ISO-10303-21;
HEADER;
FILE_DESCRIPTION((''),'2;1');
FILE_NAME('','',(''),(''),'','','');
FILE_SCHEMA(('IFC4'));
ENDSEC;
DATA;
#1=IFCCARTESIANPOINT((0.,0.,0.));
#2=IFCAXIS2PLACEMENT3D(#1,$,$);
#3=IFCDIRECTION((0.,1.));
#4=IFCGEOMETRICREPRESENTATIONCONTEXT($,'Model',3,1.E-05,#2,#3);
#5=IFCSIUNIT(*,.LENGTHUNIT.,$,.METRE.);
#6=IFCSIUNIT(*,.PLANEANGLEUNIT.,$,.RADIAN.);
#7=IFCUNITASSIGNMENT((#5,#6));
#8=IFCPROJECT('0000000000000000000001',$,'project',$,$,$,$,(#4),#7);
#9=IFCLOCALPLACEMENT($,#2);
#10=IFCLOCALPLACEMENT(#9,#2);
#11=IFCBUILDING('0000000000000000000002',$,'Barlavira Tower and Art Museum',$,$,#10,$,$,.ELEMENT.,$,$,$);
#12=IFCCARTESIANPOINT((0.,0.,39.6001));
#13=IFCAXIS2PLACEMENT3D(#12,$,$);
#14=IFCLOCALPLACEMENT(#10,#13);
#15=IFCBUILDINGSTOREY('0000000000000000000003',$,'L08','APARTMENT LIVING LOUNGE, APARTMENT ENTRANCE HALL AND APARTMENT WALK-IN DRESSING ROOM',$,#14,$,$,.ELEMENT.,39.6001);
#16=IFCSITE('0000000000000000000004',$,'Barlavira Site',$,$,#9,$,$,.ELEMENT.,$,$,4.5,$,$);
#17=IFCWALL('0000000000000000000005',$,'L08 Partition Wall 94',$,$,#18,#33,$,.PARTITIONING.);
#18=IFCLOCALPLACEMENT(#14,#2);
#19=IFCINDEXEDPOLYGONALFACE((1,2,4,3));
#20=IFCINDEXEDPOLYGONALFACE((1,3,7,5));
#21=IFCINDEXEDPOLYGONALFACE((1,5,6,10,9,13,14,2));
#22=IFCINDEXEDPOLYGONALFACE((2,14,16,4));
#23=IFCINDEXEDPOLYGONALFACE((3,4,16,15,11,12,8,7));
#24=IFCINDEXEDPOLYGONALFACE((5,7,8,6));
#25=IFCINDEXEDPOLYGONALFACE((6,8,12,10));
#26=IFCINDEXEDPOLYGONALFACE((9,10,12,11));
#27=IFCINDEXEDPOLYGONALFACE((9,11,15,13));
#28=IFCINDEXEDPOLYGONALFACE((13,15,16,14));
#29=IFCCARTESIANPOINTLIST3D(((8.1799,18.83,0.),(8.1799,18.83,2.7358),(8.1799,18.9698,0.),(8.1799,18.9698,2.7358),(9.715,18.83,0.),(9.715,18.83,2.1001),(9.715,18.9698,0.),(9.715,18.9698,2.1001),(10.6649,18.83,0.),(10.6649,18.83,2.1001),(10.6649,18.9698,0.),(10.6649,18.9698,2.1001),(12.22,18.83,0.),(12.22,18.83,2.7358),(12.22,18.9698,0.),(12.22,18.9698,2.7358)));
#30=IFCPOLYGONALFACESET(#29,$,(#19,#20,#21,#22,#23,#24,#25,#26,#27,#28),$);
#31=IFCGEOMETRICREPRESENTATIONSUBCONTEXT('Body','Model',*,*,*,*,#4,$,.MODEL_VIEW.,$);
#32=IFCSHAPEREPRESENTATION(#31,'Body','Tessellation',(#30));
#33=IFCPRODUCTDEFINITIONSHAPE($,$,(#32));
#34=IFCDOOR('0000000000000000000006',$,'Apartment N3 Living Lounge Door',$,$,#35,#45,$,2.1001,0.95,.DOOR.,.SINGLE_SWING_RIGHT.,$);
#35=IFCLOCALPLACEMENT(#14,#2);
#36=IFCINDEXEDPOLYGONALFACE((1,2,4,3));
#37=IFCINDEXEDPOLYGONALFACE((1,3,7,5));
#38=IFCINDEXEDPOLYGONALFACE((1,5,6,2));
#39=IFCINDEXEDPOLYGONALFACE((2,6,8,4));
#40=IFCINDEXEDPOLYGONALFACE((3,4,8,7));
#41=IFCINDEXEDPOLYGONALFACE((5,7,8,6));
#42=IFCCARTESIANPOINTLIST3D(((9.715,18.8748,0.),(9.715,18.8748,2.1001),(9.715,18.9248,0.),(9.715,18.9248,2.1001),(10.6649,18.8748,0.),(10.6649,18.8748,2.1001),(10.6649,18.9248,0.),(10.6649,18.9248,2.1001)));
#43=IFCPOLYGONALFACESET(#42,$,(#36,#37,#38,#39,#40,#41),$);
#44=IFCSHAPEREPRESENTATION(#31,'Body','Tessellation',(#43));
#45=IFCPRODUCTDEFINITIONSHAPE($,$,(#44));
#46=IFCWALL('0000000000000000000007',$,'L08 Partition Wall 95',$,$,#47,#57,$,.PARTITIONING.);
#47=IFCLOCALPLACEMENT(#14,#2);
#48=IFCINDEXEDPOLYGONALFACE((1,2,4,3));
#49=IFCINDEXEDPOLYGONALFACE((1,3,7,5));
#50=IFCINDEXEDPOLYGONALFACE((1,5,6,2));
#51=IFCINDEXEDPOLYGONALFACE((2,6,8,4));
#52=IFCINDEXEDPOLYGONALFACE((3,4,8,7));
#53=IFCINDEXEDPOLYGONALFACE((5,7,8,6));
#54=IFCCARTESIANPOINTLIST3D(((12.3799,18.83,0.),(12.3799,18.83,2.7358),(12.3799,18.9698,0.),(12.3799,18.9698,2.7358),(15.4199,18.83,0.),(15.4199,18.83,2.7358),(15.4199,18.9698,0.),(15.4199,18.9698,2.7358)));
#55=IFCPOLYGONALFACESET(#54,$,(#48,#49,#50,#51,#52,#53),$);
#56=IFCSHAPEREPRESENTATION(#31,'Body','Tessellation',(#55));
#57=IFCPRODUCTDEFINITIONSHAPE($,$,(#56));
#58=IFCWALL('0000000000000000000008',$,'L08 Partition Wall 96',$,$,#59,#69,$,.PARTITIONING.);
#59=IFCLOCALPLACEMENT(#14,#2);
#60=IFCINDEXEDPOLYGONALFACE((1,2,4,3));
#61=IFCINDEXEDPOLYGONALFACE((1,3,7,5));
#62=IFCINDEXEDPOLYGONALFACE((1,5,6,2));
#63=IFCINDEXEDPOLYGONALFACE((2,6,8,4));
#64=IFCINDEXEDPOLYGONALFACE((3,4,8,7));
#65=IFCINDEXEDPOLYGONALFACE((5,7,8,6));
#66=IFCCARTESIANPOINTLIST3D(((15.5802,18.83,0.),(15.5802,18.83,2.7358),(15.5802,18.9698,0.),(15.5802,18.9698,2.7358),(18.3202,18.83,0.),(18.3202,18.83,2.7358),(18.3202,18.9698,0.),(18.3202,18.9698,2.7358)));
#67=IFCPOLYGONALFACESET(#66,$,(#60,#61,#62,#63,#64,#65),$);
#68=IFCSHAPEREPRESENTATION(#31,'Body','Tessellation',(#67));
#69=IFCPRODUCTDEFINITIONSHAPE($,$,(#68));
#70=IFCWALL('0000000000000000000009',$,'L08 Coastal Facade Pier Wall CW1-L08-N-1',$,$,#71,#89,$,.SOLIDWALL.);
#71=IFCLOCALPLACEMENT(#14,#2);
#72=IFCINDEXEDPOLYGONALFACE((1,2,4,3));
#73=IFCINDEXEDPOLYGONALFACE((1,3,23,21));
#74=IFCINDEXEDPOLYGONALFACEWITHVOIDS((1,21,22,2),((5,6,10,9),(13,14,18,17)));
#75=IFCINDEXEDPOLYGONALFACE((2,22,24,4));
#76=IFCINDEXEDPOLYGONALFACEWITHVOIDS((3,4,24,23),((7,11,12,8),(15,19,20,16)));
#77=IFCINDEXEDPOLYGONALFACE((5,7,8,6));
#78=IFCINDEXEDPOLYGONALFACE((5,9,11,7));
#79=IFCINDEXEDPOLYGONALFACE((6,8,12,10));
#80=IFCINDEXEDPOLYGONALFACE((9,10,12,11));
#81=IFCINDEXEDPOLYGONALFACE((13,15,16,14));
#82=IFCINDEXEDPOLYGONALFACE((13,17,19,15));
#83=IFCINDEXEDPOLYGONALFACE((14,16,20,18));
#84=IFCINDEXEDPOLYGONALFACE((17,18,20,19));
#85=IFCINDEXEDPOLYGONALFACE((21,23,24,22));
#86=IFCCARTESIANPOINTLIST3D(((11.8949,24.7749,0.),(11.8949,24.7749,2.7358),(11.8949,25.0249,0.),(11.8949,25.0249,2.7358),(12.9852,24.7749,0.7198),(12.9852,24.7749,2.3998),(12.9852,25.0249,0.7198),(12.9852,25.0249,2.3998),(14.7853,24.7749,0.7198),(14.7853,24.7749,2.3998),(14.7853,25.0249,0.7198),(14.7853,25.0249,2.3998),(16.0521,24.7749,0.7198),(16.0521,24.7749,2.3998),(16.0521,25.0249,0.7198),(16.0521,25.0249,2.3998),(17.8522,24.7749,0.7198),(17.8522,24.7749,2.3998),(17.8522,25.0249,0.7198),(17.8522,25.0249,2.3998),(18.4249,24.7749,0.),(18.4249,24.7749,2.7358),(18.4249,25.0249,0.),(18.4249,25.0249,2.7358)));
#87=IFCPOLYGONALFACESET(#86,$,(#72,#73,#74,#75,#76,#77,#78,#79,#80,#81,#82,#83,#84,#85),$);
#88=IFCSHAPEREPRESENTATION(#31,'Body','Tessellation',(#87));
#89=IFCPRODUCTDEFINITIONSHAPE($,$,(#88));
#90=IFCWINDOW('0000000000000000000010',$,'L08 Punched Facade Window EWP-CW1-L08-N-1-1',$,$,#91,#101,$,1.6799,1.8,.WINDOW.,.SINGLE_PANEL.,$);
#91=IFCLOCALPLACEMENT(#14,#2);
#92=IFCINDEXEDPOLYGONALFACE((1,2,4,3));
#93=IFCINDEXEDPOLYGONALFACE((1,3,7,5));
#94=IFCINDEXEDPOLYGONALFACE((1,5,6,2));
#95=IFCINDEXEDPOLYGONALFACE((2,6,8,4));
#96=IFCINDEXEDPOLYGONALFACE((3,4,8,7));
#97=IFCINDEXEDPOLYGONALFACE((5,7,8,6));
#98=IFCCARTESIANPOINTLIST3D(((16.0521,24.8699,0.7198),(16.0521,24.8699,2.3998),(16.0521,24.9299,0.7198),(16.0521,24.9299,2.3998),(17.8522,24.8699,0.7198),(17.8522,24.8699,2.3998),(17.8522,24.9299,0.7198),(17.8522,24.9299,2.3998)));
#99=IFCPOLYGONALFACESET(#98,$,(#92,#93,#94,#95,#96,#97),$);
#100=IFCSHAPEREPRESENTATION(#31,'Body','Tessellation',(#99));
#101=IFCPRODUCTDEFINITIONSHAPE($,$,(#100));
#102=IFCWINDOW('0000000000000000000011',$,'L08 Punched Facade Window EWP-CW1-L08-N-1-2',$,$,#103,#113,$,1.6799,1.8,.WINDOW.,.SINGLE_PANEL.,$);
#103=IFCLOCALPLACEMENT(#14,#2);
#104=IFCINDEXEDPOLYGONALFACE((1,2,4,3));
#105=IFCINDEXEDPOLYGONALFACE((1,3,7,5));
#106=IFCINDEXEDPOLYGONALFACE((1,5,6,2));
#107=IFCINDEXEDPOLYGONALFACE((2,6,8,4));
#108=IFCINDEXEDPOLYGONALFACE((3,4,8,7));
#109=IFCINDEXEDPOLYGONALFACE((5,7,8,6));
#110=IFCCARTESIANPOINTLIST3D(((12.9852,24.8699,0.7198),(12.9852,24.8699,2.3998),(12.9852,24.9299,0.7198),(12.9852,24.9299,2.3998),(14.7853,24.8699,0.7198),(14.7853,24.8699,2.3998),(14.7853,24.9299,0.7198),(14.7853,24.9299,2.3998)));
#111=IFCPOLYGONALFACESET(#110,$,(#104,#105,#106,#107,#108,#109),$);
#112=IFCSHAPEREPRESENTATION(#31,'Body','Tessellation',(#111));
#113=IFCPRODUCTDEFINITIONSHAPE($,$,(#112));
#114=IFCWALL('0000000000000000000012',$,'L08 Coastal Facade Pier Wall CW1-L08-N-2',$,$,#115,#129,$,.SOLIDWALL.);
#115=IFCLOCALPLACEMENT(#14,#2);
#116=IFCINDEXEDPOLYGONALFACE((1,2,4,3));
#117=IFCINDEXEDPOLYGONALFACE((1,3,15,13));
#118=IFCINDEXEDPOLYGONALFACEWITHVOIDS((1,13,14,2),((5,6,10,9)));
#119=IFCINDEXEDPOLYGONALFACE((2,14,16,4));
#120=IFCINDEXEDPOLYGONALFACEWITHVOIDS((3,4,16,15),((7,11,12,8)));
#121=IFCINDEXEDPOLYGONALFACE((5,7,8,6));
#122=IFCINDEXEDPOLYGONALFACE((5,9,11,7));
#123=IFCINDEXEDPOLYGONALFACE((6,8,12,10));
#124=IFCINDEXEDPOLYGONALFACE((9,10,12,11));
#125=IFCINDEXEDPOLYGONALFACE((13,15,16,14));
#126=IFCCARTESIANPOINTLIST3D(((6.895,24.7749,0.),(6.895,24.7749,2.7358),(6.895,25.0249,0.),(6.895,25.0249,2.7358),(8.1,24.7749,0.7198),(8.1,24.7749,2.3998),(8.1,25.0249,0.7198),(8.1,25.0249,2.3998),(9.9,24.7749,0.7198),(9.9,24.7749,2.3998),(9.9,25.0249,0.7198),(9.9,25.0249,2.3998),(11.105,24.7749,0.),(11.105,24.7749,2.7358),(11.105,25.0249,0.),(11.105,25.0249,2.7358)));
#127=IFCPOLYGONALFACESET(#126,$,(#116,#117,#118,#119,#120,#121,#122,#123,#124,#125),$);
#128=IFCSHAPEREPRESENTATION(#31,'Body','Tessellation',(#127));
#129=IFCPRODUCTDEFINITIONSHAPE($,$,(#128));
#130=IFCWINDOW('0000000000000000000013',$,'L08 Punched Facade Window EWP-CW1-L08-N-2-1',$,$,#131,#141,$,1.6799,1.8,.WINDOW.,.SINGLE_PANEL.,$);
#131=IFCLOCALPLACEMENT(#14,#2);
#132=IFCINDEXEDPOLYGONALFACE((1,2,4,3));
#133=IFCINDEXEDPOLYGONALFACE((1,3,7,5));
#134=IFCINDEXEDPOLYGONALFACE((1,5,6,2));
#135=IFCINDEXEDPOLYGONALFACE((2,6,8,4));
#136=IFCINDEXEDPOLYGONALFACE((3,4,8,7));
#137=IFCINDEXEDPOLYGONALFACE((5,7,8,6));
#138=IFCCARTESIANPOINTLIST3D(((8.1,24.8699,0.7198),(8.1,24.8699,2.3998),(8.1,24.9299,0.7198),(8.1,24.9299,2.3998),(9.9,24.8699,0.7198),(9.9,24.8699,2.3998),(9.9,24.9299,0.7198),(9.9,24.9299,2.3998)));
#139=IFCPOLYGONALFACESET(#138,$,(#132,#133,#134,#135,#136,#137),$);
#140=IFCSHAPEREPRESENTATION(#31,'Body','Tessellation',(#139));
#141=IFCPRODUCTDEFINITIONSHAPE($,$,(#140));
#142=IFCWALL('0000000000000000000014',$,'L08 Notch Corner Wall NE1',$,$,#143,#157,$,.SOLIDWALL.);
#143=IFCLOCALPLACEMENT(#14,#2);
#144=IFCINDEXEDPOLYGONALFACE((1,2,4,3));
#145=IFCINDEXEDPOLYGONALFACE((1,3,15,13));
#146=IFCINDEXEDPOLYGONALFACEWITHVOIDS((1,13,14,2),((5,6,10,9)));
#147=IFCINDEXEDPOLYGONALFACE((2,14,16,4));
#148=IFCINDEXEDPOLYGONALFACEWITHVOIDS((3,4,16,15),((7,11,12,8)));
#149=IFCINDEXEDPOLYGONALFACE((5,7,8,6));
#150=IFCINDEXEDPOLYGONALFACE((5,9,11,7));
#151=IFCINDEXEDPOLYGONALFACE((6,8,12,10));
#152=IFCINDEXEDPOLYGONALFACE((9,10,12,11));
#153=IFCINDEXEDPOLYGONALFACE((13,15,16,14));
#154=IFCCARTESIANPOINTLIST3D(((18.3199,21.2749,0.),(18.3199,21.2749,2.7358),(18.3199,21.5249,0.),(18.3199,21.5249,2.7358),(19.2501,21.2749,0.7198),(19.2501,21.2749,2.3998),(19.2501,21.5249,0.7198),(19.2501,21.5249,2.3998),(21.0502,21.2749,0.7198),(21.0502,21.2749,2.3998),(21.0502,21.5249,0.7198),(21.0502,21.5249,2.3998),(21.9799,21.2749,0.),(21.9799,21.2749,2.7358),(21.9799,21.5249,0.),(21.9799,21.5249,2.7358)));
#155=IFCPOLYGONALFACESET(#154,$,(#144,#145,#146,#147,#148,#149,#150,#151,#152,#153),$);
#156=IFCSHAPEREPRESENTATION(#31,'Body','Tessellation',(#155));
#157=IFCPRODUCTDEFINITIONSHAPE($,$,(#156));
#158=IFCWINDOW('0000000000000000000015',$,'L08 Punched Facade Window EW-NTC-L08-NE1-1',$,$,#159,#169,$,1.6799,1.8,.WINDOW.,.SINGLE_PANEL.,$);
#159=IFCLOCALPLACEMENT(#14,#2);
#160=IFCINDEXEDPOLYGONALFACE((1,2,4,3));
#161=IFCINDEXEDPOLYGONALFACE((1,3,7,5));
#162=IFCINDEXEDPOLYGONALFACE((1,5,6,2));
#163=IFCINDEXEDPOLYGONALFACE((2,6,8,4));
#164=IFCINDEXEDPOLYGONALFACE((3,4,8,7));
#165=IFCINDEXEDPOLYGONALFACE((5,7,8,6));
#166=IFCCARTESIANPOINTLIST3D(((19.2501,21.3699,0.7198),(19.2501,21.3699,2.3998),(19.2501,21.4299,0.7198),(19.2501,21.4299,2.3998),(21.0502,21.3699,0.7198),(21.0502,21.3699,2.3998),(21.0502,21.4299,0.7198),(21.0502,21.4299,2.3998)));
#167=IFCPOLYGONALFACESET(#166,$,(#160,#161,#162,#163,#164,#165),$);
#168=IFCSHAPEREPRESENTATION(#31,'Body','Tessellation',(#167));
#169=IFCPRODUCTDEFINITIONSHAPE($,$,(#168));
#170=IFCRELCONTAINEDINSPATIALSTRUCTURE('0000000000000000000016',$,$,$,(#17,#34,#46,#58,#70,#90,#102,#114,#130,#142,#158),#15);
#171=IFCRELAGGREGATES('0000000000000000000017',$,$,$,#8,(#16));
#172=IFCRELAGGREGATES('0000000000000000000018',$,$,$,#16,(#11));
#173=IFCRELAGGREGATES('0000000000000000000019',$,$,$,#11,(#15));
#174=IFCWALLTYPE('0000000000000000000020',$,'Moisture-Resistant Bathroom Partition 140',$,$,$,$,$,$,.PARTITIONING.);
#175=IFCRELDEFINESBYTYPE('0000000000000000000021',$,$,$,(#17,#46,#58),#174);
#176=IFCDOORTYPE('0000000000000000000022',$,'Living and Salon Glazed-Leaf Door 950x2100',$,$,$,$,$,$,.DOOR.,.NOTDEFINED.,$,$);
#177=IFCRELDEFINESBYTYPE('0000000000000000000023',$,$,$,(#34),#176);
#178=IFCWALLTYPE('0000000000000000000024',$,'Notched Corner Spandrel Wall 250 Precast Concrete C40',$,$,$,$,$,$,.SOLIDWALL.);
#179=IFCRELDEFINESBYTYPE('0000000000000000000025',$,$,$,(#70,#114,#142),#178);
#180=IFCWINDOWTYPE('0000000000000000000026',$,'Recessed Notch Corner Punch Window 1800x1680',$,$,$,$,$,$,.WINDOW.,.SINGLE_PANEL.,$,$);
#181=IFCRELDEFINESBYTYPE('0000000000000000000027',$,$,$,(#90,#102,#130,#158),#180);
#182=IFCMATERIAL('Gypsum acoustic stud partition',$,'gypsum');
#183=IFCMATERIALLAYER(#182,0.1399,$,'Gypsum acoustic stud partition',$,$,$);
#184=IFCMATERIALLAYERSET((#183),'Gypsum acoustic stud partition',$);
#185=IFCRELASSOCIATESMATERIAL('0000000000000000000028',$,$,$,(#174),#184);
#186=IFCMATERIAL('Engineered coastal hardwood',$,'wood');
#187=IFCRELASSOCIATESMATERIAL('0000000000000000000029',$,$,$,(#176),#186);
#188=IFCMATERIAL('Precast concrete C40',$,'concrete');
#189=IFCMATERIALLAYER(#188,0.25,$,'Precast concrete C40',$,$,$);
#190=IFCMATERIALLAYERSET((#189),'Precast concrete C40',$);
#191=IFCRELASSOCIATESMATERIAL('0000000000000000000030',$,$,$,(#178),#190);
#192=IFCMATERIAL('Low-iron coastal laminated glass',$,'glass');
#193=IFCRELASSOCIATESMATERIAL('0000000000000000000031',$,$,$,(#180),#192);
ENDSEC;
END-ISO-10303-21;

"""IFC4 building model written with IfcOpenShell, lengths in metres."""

from ifc_helpers import new_model, si_unit, direction, frame, frame_2d, origin, place, context, subcontext, project, spatial, rectangle, extrude, material, layer, layer_set, type_object, element, fill, save


model = new_model("IFC4")

# Units and contexts
model_context = context("Model", 3, precision=1e-05, world=origin(), true_north=direction((0.0, 1.0)))
body_context = subcontext(model_context, "Body", "Model", "MODEL_VIEW")
ifc_project = project(units=[si_unit("LENGTHUNIT", "METRE"), si_unit("PLANEANGLEUNIT", "RADIAN")], contexts=[model_context])

# Site, building, storey
site_placement = place(None, origin())
site = spatial("IfcSite", under=ifc_project, at=site_placement, Name="Barlavira Site", CompositionType="ELEMENT", RefElevation=4.5)
building_placement = place(site_placement, origin())
building = spatial("IfcBuilding", under=site, at=building_placement, Name="Barlavira Tower and Art Museum", CompositionType="ELEMENT")
storey_placement = place(building_placement, frame((0.0, 0.0, 39.6001)))
storey = spatial("IfcBuildingStorey", under=building, at=storey_placement, Name="L08", Description="APARTMENT LIVING LOUNGE, APARTMENT ENTRANCE HALL AND APARTMENT WALK-IN DRESSING ROOM", CompositionType="ELEMENT", Elevation=39.6001)

# Wall, opening, door
ifc_material_1 = material(Name="Gypsum acoustic stud partition", Category="gypsum")
ifc_layer_1 = layer(ifc_material_1, 0.1399, Name="Gypsum acoustic stud partition")
ifc_layer_set_1 = layer_set([ifc_layer_1], Name="Gypsum acoustic stud partition")
wall_type_1 = type_object("IfcWallType", Name="Moisture-Resistant Bathroom Partition 140", PredefinedType="PARTITIONING", material=ifc_layer_set_1)
wall_1_placement = place(storey_placement, frame((8.1799, 18.8999, 0.0), z_axis=(0.0, 0.0, 1.0), x_axis=(1.0, 0.0, 0.0)))
wall_1 = element("IfcWall", 1, at=wall_1_placement, inside=storey, type_object=wall_type_1, Name="L08 Partition Wall 94", PredefinedType="PARTITIONING", context=body_context, shape_type="SweptSolid", body=[
    extrude(rectangle(XDim=4.04, YDim=0.1399, at=frame_2d((2.02, 0.0))), origin(), (0.0, 0.0, 1.0), 2.7358),
])
opening_1_placement = place(wall_1_placement, frame((1.5349, 0.0, 0.0)))
opening_1 = element("IfcOpeningElement", 2, at=opening_1_placement, cuts=wall_1, PredefinedType="OPENING", context=body_context, shape_type="SweptSolid", body=[
    extrude(rectangle(XDim=0.95, YDim=2.1001, at=frame_2d((0.4751, 1.05))), frame((0.0, 0.0801, 0.0), z_axis=(0.0, -1.0, 0.0), x_axis=(1.0, 0.0, 0.0)), (0.0, 0.0, 1.0), 0.1599),
])
ifc_material_2 = material(Name="Engineered coastal hardwood", Category="wood")
door_type = type_object("IfcDoorType", Name="Living and Salon Glazed-Leaf Door 950x2100", OperationType="NOTDEFINED", PredefinedType="DOOR", material=ifc_material_2)
door_placement = place(opening_1_placement, origin())
door = element("IfcDoor", 3, at=door_placement, inside=storey, type_object=door_type, Name="Apartment N3 Living Lounge Door", OperationType="SINGLE_SWING_RIGHT", OverallHeight=2.1001, OverallWidth=0.95, PredefinedType="DOOR", context=body_context, shape_type="SweptSolid", body=[
    extrude(rectangle(XDim=0.95, YDim=2.1001, at=frame_2d((0.4751, 1.05))), frame((0.0, 0.0249, 0.0), z_axis=(0.0, -1.0, 0.0), x_axis=(1.0, 0.0, 0.0)), (0.0, 0.0, 1.0), 0.05),
])
fill(opening_1, door)

# Walls
wall_2_placement = place(storey_placement, frame((12.3799, 18.8999, 0.0), z_axis=(0.0, 0.0, 1.0), x_axis=(1.0, 0.0, 0.0)))
element("IfcWall", 4, at=wall_2_placement, inside=storey, type_object=wall_type_1, Name="L08 Partition Wall 95", PredefinedType="PARTITIONING", context=body_context, shape_type="SweptSolid", body=[
    extrude(rectangle(XDim=3.04, YDim=0.1399, at=frame_2d((1.52, 0.0))), origin(), (0.0, 0.0, 1.0), 2.7358),
])
wall_3_placement = place(storey_placement, frame((15.5801, 18.8999, 0.0), z_axis=(0.0, 0.0, 1.0), x_axis=(1.0, 0.0, 0.0)))
element("IfcWall", 5, at=wall_3_placement, inside=storey, type_object=wall_type_1, Name="L08 Partition Wall 96", PredefinedType="PARTITIONING", context=body_context, shape_type="SweptSolid", body=[
    extrude(rectangle(XDim=2.74, YDim=0.1399, at=frame_2d((1.3701, 0.0))), origin(), (0.0, 0.0, 1.0), 2.7358),
])

# Wall, openings, windows
ifc_material_3 = material(Name="Precast concrete C40", Category="concrete")
ifc_layer_2 = layer(ifc_material_3, 0.25, Name="Precast concrete C40")
ifc_layer_set_2 = layer_set([ifc_layer_2], Name="Precast concrete C40")
wall_type_2 = type_object("IfcWallType", Name="Notched Corner Spandrel Wall 250 Precast Concrete C40", PredefinedType="SOLIDWALL", material=ifc_layer_set_2)
wall_4_placement = place(storey_placement, frame((18.425, 24.8999, 0.0), z_axis=(0.0, 0.0, 1.0), x_axis=(-1.0, 0.0, 0.0)))
wall_4 = element("IfcWall", 6, at=wall_4_placement, inside=storey, type_object=wall_type_2, Name="L08 Coastal Facade Pier Wall CW1-L08-N-1", PredefinedType="SOLIDWALL", context=body_context, shape_type="SweptSolid", body=[
    extrude(rectangle(XDim=6.53, YDim=0.25, at=frame_2d((3.2651, 0.0))), origin(), (0.0, 0.0, 1.0), 2.7358),
])
opening_2_placement = place(wall_4_placement, frame((0.573, 0.0, 0.72)))
opening_2 = element("IfcOpeningElement", 7, at=opening_2_placement, cuts=wall_4, PredefinedType="OPENING", context=body_context, shape_type="SweptSolid", body=[
    extrude(rectangle(XDim=1.8, YDim=1.6799, at=frame_2d((0.8999, 0.8398))), frame((0.0, 0.135, 0.0), z_axis=(0.0, -1.0, 0.0), x_axis=(1.0, 0.0, 0.0)), (0.0, 0.0, 1.0), 0.27),
])
opening_3_placement = place(wall_4_placement, frame((3.6399, 0.0, 0.72)))
opening_3 = element("IfcOpeningElement", 8, at=opening_3_placement, cuts=wall_4, PredefinedType="OPENING", context=body_context, shape_type="SweptSolid", body=[
    extrude(rectangle(XDim=1.8, YDim=1.6799, at=frame_2d((0.8999, 0.8398))), frame((0.0, 0.135, 0.0), z_axis=(0.0, -1.0, 0.0), x_axis=(1.0, 0.0, 0.0)), (0.0, 0.0, 1.0), 0.27),
])
ifc_material_4 = material(Name="Low-iron coastal laminated glass", Category="glass")
window_type = type_object("IfcWindowType", Name="Recessed Notch Corner Punch Window 1800x1680", PartitioningType="SINGLE_PANEL", PredefinedType="WINDOW", material=ifc_material_4)
window_1_placement = place(opening_2_placement, origin())
window_1 = element("IfcWindow", 9, at=window_1_placement, inside=storey, type_object=window_type, Name="L08 Punched Facade Window EWP-CW1-L08-N-1-1", OverallHeight=1.6799, OverallWidth=1.8, PartitioningType="SINGLE_PANEL", PredefinedType="WINDOW", context=body_context, shape_type="SweptSolid", body=[
    extrude(rectangle(XDim=1.8, YDim=1.6799, at=frame_2d((0.8999, 0.8398))), frame((0.0, 0.03, 0.0), z_axis=(0.0, -1.0, 0.0), x_axis=(1.0, 0.0, 0.0)), (0.0, 0.0, 1.0), 0.0601),
])
fill(opening_2, window_1)
window_2_placement = place(opening_3_placement, origin())
window_2 = element("IfcWindow", 10, at=window_2_placement, inside=storey, type_object=window_type, Name="L08 Punched Facade Window EWP-CW1-L08-N-1-2", OverallHeight=1.6799, OverallWidth=1.8, PartitioningType="SINGLE_PANEL", PredefinedType="WINDOW", context=body_context, shape_type="SweptSolid", body=[
    extrude(rectangle(XDim=1.8, YDim=1.6799, at=frame_2d((0.8999, 0.8398))), frame((0.0, 0.03, 0.0), z_axis=(0.0, -1.0, 0.0), x_axis=(1.0, 0.0, 0.0)), (0.0, 0.0, 1.0), 0.0601),
])
fill(opening_3, window_2)

# Walls, openings, windows
wall_5_placement = place(storey_placement, frame((11.105, 24.8999, 0.0), z_axis=(0.0, 0.0, 1.0), x_axis=(-1.0, 0.0, 0.0)))
wall_5 = element("IfcWall", 11, at=wall_5_placement, inside=storey, type_object=wall_type_2, Name="L08 Coastal Facade Pier Wall CW1-L08-N-2", PredefinedType="SOLIDWALL", context=body_context, shape_type="SweptSolid", body=[
    extrude(rectangle(XDim=4.21, YDim=0.25, at=frame_2d((2.105, 0.0))), origin(), (0.0, 0.0, 1.0), 2.7358),
])
opening_4_placement = place(wall_5_placement, frame((1.2051, 0.0, 0.72)))
opening_4 = element("IfcOpeningElement", 12, at=opening_4_placement, cuts=wall_5, PredefinedType="OPENING", context=body_context, shape_type="SweptSolid", body=[
    extrude(rectangle(XDim=1.8, YDim=1.6799, at=frame_2d((0.8999, 0.8398))), frame((0.0, 0.135, 0.0), z_axis=(0.0, -1.0, 0.0), x_axis=(1.0, 0.0, 0.0)), (0.0, 0.0, 1.0), 0.27),
])
window_3_placement = place(opening_4_placement, origin())
window_3 = element("IfcWindow", 13, at=window_3_placement, inside=storey, type_object=window_type, Name="L08 Punched Facade Window EWP-CW1-L08-N-2-1", OverallHeight=1.6799, OverallWidth=1.8, PartitioningType="SINGLE_PANEL", PredefinedType="WINDOW", context=body_context, shape_type="SweptSolid", body=[
    extrude(rectangle(XDim=1.8, YDim=1.6799, at=frame_2d((0.8999, 0.8398))), frame((0.0, 0.03, 0.0), z_axis=(0.0, -1.0, 0.0), x_axis=(1.0, 0.0, 0.0)), (0.0, 0.0, 1.0), 0.0601),
])
fill(opening_4, window_3)
wall_6_placement = place(storey_placement, frame((21.98, 21.3999, 0.0), z_axis=(0.0, 0.0, 1.0), x_axis=(-1.0, 0.0, 0.0)))
wall_6 = element("IfcWall", 14, at=wall_6_placement, inside=storey, type_object=wall_type_2, Name="L08 Notch Corner Wall NE1", PredefinedType="SOLIDWALL", context=body_context, shape_type="SweptSolid", body=[
    extrude(rectangle(XDim=3.6599, YDim=0.25, at=frame_2d((1.8301, 0.0))), origin(), (0.0, 0.0, 1.0), 2.7358),
])
opening_5_placement = place(wall_6_placement, frame((0.9299, 0.0, 0.72)))
opening_5 = element("IfcOpeningElement", 15, at=opening_5_placement, cuts=wall_6, PredefinedType="OPENING", context=body_context, shape_type="SweptSolid", body=[
    extrude(rectangle(XDim=1.8, YDim=1.6799, at=frame_2d((0.8999, 0.8398))), frame((0.0, 0.135, 0.0), z_axis=(0.0, -1.0, 0.0), x_axis=(1.0, 0.0, 0.0)), (0.0, 0.0, 1.0), 0.27),
])
window_4_placement = place(opening_5_placement, origin())
window_4 = element("IfcWindow", 16, at=window_4_placement, inside=storey, type_object=window_type, Name="L08 Punched Facade Window EW-NTC-L08-NE1-1", OverallHeight=1.6799, OverallWidth=1.8, PartitioningType="SINGLE_PANEL", PredefinedType="WINDOW", context=body_context, shape_type="SweptSolid", body=[
    extrude(rectangle(XDim=1.8, YDim=1.6799, at=frame_2d((0.8999, 0.8398))), frame((0.0, 0.03, 0.0), z_axis=(0.0, -1.0, 0.0), x_axis=(1.0, 0.0, 0.0)), (0.0, 0.0, 1.0), 0.0601),
])
fill(opening_5, window_4)

save(model, "model.ifc")
